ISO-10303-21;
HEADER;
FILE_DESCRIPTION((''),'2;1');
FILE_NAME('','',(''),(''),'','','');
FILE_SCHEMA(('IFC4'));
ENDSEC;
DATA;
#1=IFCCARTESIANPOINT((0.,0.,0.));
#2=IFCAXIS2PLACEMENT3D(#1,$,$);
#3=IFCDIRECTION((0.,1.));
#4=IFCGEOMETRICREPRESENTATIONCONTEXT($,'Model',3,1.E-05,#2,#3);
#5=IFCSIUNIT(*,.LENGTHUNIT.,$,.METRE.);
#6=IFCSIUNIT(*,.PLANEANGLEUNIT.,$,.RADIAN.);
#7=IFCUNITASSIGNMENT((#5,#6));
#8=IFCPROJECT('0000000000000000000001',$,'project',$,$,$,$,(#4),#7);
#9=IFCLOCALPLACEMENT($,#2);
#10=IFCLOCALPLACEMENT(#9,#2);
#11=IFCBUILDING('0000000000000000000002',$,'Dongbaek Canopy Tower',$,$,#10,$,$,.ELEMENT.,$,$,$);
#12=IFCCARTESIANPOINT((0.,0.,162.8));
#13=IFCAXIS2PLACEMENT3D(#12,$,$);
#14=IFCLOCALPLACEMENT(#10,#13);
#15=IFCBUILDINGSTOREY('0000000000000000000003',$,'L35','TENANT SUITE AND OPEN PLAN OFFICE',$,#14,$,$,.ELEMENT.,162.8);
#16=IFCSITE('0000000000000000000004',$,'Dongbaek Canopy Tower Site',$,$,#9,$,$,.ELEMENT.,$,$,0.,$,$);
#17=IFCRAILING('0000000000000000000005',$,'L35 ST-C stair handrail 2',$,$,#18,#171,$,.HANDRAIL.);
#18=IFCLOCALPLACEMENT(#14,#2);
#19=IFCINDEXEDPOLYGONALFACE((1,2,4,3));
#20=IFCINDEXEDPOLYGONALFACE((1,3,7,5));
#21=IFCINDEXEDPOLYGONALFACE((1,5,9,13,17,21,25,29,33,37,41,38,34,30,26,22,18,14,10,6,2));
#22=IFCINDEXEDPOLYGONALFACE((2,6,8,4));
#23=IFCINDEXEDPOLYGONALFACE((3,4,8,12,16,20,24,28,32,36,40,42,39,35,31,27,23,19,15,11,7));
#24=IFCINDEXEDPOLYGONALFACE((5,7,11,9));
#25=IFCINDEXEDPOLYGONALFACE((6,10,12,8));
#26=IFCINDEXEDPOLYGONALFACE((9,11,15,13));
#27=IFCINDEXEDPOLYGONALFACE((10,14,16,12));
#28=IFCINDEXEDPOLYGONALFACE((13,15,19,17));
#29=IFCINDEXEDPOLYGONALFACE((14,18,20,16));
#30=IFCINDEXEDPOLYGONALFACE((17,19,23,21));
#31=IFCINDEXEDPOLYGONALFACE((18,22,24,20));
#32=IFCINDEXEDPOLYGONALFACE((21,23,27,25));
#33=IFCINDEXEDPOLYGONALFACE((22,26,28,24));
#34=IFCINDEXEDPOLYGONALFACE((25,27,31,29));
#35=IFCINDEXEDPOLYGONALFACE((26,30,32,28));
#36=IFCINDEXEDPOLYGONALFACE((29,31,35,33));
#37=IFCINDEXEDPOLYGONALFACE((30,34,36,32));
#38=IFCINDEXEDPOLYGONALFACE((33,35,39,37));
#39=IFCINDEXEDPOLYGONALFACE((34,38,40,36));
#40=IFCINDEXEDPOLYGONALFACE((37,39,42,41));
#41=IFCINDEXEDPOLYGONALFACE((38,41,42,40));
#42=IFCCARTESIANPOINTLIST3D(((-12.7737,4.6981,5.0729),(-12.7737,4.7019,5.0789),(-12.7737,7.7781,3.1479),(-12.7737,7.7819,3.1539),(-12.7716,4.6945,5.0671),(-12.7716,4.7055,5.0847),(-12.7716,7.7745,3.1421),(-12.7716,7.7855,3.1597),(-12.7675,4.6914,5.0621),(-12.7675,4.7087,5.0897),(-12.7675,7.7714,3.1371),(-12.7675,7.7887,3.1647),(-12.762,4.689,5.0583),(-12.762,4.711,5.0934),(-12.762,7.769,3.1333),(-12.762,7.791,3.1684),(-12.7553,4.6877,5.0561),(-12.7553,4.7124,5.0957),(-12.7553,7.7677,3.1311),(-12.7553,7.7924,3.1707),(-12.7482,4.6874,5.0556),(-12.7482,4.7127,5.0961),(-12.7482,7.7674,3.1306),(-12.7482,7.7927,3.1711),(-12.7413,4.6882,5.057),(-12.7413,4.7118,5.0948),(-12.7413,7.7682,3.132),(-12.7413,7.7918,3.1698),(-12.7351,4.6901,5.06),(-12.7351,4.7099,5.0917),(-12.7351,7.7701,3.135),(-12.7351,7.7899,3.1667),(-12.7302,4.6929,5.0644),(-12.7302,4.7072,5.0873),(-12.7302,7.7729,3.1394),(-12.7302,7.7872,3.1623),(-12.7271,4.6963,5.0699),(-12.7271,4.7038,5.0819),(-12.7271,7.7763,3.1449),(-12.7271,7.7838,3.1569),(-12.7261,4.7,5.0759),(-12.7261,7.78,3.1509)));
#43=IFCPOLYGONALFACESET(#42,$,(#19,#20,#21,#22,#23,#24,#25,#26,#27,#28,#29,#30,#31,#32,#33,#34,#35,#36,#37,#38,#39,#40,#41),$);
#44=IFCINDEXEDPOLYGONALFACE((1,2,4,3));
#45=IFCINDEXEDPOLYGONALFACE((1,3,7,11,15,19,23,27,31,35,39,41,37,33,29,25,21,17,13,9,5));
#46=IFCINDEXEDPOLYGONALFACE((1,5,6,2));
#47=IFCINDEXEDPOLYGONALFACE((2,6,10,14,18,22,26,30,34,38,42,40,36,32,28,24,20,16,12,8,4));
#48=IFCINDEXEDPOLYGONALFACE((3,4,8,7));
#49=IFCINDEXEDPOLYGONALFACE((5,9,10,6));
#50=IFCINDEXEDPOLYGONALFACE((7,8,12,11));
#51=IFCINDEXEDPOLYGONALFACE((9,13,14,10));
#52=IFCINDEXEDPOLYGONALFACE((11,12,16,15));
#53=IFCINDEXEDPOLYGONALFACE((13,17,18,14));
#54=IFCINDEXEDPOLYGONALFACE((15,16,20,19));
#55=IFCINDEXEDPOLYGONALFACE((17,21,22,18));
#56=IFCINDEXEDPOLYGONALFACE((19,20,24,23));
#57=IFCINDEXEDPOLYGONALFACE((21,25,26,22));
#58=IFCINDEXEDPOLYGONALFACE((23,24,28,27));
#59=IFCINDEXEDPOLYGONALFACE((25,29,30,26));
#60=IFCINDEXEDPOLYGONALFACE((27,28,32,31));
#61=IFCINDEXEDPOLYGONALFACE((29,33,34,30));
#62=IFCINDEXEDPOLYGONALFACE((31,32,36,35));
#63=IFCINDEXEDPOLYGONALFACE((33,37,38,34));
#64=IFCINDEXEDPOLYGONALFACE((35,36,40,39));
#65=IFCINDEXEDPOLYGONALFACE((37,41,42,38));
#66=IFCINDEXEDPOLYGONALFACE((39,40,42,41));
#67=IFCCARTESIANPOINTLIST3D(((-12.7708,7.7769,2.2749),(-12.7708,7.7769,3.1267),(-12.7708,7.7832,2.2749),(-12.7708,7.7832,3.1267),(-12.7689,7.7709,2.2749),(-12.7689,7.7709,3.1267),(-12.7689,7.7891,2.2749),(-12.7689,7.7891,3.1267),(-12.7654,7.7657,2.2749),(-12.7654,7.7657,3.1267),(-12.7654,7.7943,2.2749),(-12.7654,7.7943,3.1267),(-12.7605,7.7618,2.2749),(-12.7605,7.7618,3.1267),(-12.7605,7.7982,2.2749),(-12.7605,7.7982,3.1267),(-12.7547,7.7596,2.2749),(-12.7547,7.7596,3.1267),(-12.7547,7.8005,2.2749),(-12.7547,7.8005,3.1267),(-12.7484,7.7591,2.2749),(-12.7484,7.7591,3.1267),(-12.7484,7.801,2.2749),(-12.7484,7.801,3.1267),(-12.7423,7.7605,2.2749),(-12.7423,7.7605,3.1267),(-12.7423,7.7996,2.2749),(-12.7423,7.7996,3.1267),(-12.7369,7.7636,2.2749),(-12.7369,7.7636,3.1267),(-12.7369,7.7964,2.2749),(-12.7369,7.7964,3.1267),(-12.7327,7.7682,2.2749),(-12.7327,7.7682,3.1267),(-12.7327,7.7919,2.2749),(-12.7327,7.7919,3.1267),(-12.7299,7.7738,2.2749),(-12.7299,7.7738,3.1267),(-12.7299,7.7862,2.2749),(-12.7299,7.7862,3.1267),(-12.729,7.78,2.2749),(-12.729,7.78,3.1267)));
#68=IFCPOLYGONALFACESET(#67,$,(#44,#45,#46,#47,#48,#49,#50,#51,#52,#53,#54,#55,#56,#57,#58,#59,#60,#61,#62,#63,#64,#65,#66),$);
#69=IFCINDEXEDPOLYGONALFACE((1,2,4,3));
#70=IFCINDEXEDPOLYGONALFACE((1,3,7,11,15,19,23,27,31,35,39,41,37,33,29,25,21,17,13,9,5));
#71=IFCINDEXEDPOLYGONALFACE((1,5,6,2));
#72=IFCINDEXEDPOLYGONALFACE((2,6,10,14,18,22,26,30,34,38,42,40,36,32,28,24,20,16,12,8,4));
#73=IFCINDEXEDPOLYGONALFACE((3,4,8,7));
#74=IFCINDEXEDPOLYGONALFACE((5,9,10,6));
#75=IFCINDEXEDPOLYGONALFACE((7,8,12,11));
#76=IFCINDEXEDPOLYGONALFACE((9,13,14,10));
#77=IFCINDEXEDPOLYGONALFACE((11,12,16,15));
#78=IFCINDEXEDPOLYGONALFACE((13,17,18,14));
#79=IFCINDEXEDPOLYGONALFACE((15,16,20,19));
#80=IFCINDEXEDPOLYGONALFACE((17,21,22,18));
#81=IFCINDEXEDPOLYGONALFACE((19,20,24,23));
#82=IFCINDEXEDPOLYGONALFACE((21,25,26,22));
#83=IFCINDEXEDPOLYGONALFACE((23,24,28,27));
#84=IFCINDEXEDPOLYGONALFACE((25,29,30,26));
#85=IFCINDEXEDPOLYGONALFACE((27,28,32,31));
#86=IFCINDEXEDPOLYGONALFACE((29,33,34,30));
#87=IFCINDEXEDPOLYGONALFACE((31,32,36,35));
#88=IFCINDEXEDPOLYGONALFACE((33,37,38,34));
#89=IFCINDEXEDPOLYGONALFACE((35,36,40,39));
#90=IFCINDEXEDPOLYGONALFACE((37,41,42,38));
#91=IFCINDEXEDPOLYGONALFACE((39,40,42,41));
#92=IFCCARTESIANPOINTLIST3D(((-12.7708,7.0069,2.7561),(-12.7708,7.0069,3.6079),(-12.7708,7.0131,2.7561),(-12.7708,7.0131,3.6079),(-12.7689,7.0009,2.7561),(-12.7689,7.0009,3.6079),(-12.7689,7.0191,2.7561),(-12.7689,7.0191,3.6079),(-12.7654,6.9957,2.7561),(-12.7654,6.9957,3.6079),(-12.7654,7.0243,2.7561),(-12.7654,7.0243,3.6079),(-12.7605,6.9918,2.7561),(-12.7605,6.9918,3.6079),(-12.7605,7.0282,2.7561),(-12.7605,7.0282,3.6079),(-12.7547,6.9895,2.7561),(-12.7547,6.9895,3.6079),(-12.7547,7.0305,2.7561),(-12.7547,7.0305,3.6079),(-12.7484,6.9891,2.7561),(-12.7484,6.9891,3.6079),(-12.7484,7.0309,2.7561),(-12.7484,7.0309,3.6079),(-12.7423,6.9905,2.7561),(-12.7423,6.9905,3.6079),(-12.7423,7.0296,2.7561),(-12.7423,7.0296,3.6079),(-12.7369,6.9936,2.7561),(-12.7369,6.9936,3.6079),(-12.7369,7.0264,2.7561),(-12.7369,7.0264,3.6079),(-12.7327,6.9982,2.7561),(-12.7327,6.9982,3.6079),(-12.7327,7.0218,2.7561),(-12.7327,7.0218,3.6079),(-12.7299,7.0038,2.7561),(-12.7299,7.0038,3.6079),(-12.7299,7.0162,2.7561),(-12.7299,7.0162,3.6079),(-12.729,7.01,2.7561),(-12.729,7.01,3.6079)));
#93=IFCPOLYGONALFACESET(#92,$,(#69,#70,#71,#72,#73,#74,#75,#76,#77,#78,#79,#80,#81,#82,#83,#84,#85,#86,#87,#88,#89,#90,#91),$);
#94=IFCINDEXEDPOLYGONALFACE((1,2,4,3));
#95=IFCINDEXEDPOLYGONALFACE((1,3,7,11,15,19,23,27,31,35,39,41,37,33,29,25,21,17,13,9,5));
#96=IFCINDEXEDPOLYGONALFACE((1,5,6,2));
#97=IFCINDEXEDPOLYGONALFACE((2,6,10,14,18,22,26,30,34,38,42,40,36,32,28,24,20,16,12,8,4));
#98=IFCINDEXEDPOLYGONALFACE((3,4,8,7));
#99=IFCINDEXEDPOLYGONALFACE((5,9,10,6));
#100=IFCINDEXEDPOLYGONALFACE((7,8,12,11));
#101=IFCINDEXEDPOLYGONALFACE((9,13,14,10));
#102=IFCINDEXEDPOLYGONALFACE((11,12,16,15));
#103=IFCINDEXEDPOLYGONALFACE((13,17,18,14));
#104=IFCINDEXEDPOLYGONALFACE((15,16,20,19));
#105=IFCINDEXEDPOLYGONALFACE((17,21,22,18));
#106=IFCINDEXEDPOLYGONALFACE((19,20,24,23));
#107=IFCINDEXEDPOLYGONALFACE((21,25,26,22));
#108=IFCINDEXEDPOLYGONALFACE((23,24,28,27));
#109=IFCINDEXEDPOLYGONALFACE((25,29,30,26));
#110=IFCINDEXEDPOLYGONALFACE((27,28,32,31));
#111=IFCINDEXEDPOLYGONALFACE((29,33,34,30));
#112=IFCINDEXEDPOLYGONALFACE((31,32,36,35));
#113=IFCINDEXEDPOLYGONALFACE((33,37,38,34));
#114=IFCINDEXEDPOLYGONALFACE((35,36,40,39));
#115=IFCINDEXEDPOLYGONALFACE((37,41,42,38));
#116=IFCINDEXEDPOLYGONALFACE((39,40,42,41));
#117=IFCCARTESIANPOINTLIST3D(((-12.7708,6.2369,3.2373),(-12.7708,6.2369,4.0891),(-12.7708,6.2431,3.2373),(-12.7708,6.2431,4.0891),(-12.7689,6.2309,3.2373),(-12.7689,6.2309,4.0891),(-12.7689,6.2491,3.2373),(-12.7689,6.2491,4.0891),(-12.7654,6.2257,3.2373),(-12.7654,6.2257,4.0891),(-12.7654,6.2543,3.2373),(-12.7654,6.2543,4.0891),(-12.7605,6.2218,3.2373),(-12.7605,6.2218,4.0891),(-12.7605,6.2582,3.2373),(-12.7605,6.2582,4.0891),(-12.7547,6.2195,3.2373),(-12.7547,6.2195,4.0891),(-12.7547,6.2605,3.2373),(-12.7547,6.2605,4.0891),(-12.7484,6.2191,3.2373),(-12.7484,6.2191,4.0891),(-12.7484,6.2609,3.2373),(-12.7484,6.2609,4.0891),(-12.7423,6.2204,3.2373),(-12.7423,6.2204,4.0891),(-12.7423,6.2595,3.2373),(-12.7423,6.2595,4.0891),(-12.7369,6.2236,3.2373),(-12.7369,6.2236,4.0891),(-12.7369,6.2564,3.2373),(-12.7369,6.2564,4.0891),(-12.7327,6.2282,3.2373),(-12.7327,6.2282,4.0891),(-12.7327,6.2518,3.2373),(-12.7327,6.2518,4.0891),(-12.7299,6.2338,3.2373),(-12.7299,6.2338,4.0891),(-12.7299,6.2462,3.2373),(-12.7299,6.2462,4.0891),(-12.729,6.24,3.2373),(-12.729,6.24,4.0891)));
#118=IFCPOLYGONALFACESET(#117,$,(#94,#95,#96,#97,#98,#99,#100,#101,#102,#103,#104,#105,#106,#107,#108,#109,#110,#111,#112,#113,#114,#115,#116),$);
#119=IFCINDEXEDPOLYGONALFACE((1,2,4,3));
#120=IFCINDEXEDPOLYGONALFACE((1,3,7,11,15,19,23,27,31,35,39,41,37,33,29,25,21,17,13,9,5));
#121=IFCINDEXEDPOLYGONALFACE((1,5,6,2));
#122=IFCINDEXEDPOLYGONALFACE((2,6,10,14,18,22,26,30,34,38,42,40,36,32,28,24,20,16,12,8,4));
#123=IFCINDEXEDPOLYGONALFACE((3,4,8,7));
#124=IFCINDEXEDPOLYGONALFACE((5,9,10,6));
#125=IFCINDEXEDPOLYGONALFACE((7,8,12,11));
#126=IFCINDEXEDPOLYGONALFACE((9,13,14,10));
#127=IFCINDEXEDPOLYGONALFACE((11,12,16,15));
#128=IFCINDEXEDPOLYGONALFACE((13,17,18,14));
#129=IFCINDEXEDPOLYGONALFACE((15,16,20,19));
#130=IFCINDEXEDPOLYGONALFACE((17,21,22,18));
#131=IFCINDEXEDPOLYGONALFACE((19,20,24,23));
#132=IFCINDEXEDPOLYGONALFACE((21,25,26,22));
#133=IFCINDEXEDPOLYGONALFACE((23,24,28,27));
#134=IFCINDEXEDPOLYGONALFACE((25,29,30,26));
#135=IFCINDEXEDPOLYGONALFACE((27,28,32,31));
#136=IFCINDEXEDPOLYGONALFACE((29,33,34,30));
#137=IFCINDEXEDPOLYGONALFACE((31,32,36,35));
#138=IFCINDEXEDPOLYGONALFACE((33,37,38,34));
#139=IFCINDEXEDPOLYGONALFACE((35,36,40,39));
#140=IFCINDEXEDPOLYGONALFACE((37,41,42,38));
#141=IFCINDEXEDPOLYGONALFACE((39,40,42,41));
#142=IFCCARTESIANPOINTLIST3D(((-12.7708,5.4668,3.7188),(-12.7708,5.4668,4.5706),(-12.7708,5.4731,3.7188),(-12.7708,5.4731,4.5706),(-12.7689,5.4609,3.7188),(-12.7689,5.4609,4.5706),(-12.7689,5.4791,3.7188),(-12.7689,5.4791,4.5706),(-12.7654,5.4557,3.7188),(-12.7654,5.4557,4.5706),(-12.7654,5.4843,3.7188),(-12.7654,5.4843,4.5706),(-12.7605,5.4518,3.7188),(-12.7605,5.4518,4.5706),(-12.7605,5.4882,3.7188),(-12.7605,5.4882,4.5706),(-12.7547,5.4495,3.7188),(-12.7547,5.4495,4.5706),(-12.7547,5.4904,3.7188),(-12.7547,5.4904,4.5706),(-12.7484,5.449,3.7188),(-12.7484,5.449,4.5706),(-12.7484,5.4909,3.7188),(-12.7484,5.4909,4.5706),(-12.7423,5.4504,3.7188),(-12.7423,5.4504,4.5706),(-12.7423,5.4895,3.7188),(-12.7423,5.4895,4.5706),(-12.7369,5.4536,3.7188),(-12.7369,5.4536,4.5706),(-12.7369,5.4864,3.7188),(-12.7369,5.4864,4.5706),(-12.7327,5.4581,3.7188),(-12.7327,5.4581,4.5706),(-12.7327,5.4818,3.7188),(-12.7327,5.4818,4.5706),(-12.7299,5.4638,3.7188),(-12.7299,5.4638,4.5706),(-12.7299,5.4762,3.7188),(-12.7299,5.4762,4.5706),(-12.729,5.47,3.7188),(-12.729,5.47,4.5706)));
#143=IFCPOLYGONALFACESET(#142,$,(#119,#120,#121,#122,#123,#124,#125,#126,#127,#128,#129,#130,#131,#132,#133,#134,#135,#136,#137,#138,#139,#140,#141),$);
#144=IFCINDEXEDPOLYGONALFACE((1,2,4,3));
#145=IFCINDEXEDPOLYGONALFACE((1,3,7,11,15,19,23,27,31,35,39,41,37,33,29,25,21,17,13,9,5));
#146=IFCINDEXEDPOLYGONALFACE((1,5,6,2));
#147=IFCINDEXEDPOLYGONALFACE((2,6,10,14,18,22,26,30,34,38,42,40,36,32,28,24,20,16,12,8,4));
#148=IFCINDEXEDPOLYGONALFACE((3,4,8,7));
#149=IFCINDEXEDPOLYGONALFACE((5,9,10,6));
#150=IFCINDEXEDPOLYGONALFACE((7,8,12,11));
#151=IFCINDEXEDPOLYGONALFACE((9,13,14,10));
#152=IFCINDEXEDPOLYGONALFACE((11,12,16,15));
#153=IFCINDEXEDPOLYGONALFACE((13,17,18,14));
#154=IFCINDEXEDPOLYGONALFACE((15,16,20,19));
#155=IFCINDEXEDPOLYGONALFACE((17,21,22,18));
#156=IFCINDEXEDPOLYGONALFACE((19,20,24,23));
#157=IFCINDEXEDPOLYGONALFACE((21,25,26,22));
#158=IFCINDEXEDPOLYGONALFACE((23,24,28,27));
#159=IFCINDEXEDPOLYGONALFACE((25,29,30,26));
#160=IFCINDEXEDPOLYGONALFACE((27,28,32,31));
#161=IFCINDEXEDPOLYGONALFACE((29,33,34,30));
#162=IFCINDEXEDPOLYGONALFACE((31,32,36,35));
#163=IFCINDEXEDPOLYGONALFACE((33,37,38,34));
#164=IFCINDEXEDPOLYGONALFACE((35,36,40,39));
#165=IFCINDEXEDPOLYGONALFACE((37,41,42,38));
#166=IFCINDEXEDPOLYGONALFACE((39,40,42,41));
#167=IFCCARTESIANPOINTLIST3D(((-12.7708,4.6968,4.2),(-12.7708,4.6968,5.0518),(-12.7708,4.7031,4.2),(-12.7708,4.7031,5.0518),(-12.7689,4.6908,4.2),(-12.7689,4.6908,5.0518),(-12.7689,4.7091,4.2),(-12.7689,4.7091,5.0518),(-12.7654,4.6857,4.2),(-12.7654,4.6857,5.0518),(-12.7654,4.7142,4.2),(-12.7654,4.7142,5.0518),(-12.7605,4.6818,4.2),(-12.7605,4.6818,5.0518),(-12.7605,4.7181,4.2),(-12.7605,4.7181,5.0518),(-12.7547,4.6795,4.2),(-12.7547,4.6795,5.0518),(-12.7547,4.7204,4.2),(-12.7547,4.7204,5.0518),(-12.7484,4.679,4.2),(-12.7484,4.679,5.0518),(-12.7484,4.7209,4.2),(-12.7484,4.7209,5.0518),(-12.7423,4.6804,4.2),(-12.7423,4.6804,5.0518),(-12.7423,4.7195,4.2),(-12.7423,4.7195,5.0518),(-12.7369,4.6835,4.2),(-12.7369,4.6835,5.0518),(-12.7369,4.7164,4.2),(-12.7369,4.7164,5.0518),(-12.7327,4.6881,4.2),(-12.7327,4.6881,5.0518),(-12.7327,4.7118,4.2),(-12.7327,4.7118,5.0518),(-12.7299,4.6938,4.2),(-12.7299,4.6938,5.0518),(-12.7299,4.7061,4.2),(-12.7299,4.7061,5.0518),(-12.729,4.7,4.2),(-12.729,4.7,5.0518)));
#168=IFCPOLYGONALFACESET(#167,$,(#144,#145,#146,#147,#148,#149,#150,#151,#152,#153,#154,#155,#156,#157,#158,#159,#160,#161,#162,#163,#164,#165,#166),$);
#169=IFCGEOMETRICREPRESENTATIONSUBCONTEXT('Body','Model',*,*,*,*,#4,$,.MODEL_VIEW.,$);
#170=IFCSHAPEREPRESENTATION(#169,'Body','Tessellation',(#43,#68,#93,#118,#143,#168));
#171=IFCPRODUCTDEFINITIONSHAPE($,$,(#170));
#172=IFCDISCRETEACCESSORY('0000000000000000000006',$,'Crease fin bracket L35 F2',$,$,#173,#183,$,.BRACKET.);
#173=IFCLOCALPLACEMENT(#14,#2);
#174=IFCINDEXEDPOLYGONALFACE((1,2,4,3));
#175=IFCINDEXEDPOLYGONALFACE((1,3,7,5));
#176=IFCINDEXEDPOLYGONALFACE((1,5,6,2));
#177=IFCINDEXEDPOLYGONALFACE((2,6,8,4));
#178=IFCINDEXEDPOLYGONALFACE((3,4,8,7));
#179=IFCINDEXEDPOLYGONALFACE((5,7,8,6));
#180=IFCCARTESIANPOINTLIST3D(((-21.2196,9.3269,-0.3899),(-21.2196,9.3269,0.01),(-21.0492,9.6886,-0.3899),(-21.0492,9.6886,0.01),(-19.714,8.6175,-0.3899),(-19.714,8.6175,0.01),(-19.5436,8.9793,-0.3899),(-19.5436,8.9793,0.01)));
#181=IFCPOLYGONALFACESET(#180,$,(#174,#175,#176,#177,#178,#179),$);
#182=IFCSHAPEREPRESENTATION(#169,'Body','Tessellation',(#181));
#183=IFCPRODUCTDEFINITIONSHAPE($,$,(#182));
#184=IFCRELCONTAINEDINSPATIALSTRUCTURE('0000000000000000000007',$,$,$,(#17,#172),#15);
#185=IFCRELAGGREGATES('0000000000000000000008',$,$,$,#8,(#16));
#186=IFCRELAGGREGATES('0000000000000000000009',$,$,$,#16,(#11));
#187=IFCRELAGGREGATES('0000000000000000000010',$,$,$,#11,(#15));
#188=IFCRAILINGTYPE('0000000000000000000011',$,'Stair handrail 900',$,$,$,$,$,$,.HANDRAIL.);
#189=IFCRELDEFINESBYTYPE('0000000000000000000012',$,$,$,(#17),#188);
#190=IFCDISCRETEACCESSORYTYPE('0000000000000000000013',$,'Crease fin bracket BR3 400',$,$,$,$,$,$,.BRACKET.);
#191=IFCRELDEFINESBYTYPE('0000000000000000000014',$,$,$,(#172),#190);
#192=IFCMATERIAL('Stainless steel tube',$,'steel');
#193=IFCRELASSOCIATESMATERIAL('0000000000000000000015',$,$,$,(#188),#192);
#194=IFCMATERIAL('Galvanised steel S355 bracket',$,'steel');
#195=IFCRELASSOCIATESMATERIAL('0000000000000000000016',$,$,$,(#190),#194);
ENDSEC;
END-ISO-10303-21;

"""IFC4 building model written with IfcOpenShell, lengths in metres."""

from ifc_helpers import new_model, si_unit, direction, frame, origin, origin_2d, place, context, subcontext, project, spatial, rectangle, circle, extrude, material, type_object, element, save


model = new_model("IFC4")

# Units and contexts
model_context = context("Model", 3, precision=1e-05, world=origin(), true_north=direction((0.0, 1.0)))
body_context = subcontext(model_context, "Body", "Model", "MODEL_VIEW")
ifc_project = project(units=[si_unit("LENGTHUNIT", "METRE"), si_unit("PLANEANGLEUNIT", "RADIAN")], contexts=[model_context])

# Site, building, storey
site_placement = place(None, origin())
site = spatial("IfcSite", under=ifc_project, at=site_placement, Name="Dongbaek Canopy Tower Site", CompositionType="ELEMENT", RefElevation=0.0)
building_placement = place(site_placement, origin())
building = spatial("IfcBuilding", under=site, at=building_placement, Name="Dongbaek Canopy Tower", CompositionType="ELEMENT")
storey_placement = place(building_placement, frame((0.0, 0.0, 162.8)))
storey = spatial("IfcBuildingStorey", under=building, at=storey_placement, Name="L35", Description="TENANT SUITE AND OPEN PLAN OFFICE", CompositionType="ELEMENT", Elevation=162.8)

# Railing
ifc_material_1 = material(Name="Stainless steel tube", Category="steel")
railing_type_1 = type_object("IfcRailingType", Name="Stair handrail 900", PredefinedType="HANDRAIL", material=ifc_material_1)
railing_1_placement = place(storey_placement, frame((-12.75, 7.78, 2.2749)))
element("IfcRailing", 1, at=railing_1_placement, inside=storey, type_object=railing_type_1, Name="L35 ST-C stair handrail 2", PredefinedType="HANDRAIL", context=body_context, shape_type="SweptSolid", body=[
    extrude(circle(Radius=0.0239, at=origin_2d()), frame((0.0, 0.0, 0.876), z_axis=(0.0, -0.847998, 0.529999), x_axis=(1.0, 0.0, 0.0)), (0.0, 0.0, 1.0), 3.6321),
    extrude(circle(Radius=0.021, at=origin_2d()), origin(), (0.0, 0.0, 1.0), 0.8518),
    extrude(circle(Radius=0.021, at=origin_2d()), frame((0.0, -0.77, 0.4812)), (0.0, 0.0, 1.0), 0.8518),
    extrude(circle(Radius=0.021, at=origin_2d()), frame((0.0, -1.54, 0.9624)), (0.0, 0.0, 1.0), 0.8518),
    extrude(circle(Radius=0.021, at=origin_2d()), frame((0.0, -2.3101, 1.4438)), (0.0, 0.0, 1.0), 0.8518),
    extrude(circle(Radius=0.021, at=origin_2d()), frame((0.0, -3.0801, 1.925)), (0.0, 0.0, 1.0), 0.8518),
])

# Discrete accessory
ifc_material_2 = material(Name="Galvanised steel S355 bracket", Category="steel")
discrete_accessory_type = type_object("IfcDiscreteAccessoryType", Name="Crease fin bracket BR3 400", PredefinedType="BRACKET", material=ifc_material_2)
discrete_accessory_placement = place(storey_placement, frame((-20.3816, 9.1531, -0.3899), z_axis=(0.0, 0.0, 1.0), x_axis=(-0.904626, 0.426207, 0.0)))
element("IfcDiscreteAccessory", 2, at=discrete_accessory_placement, inside=storey, type_object=discrete_accessory_type, Name="Crease fin bracket L35 F2", PredefinedType="BRACKET", context=body_context, shape_type="SweptSolid", body=[
    extrude(rectangle(XDim=1.6643, YDim=0.3999, at=origin_2d()), origin(), (0.0, 0.0, 1.0), 0.3999),
])

save(model, "model.ifc")
